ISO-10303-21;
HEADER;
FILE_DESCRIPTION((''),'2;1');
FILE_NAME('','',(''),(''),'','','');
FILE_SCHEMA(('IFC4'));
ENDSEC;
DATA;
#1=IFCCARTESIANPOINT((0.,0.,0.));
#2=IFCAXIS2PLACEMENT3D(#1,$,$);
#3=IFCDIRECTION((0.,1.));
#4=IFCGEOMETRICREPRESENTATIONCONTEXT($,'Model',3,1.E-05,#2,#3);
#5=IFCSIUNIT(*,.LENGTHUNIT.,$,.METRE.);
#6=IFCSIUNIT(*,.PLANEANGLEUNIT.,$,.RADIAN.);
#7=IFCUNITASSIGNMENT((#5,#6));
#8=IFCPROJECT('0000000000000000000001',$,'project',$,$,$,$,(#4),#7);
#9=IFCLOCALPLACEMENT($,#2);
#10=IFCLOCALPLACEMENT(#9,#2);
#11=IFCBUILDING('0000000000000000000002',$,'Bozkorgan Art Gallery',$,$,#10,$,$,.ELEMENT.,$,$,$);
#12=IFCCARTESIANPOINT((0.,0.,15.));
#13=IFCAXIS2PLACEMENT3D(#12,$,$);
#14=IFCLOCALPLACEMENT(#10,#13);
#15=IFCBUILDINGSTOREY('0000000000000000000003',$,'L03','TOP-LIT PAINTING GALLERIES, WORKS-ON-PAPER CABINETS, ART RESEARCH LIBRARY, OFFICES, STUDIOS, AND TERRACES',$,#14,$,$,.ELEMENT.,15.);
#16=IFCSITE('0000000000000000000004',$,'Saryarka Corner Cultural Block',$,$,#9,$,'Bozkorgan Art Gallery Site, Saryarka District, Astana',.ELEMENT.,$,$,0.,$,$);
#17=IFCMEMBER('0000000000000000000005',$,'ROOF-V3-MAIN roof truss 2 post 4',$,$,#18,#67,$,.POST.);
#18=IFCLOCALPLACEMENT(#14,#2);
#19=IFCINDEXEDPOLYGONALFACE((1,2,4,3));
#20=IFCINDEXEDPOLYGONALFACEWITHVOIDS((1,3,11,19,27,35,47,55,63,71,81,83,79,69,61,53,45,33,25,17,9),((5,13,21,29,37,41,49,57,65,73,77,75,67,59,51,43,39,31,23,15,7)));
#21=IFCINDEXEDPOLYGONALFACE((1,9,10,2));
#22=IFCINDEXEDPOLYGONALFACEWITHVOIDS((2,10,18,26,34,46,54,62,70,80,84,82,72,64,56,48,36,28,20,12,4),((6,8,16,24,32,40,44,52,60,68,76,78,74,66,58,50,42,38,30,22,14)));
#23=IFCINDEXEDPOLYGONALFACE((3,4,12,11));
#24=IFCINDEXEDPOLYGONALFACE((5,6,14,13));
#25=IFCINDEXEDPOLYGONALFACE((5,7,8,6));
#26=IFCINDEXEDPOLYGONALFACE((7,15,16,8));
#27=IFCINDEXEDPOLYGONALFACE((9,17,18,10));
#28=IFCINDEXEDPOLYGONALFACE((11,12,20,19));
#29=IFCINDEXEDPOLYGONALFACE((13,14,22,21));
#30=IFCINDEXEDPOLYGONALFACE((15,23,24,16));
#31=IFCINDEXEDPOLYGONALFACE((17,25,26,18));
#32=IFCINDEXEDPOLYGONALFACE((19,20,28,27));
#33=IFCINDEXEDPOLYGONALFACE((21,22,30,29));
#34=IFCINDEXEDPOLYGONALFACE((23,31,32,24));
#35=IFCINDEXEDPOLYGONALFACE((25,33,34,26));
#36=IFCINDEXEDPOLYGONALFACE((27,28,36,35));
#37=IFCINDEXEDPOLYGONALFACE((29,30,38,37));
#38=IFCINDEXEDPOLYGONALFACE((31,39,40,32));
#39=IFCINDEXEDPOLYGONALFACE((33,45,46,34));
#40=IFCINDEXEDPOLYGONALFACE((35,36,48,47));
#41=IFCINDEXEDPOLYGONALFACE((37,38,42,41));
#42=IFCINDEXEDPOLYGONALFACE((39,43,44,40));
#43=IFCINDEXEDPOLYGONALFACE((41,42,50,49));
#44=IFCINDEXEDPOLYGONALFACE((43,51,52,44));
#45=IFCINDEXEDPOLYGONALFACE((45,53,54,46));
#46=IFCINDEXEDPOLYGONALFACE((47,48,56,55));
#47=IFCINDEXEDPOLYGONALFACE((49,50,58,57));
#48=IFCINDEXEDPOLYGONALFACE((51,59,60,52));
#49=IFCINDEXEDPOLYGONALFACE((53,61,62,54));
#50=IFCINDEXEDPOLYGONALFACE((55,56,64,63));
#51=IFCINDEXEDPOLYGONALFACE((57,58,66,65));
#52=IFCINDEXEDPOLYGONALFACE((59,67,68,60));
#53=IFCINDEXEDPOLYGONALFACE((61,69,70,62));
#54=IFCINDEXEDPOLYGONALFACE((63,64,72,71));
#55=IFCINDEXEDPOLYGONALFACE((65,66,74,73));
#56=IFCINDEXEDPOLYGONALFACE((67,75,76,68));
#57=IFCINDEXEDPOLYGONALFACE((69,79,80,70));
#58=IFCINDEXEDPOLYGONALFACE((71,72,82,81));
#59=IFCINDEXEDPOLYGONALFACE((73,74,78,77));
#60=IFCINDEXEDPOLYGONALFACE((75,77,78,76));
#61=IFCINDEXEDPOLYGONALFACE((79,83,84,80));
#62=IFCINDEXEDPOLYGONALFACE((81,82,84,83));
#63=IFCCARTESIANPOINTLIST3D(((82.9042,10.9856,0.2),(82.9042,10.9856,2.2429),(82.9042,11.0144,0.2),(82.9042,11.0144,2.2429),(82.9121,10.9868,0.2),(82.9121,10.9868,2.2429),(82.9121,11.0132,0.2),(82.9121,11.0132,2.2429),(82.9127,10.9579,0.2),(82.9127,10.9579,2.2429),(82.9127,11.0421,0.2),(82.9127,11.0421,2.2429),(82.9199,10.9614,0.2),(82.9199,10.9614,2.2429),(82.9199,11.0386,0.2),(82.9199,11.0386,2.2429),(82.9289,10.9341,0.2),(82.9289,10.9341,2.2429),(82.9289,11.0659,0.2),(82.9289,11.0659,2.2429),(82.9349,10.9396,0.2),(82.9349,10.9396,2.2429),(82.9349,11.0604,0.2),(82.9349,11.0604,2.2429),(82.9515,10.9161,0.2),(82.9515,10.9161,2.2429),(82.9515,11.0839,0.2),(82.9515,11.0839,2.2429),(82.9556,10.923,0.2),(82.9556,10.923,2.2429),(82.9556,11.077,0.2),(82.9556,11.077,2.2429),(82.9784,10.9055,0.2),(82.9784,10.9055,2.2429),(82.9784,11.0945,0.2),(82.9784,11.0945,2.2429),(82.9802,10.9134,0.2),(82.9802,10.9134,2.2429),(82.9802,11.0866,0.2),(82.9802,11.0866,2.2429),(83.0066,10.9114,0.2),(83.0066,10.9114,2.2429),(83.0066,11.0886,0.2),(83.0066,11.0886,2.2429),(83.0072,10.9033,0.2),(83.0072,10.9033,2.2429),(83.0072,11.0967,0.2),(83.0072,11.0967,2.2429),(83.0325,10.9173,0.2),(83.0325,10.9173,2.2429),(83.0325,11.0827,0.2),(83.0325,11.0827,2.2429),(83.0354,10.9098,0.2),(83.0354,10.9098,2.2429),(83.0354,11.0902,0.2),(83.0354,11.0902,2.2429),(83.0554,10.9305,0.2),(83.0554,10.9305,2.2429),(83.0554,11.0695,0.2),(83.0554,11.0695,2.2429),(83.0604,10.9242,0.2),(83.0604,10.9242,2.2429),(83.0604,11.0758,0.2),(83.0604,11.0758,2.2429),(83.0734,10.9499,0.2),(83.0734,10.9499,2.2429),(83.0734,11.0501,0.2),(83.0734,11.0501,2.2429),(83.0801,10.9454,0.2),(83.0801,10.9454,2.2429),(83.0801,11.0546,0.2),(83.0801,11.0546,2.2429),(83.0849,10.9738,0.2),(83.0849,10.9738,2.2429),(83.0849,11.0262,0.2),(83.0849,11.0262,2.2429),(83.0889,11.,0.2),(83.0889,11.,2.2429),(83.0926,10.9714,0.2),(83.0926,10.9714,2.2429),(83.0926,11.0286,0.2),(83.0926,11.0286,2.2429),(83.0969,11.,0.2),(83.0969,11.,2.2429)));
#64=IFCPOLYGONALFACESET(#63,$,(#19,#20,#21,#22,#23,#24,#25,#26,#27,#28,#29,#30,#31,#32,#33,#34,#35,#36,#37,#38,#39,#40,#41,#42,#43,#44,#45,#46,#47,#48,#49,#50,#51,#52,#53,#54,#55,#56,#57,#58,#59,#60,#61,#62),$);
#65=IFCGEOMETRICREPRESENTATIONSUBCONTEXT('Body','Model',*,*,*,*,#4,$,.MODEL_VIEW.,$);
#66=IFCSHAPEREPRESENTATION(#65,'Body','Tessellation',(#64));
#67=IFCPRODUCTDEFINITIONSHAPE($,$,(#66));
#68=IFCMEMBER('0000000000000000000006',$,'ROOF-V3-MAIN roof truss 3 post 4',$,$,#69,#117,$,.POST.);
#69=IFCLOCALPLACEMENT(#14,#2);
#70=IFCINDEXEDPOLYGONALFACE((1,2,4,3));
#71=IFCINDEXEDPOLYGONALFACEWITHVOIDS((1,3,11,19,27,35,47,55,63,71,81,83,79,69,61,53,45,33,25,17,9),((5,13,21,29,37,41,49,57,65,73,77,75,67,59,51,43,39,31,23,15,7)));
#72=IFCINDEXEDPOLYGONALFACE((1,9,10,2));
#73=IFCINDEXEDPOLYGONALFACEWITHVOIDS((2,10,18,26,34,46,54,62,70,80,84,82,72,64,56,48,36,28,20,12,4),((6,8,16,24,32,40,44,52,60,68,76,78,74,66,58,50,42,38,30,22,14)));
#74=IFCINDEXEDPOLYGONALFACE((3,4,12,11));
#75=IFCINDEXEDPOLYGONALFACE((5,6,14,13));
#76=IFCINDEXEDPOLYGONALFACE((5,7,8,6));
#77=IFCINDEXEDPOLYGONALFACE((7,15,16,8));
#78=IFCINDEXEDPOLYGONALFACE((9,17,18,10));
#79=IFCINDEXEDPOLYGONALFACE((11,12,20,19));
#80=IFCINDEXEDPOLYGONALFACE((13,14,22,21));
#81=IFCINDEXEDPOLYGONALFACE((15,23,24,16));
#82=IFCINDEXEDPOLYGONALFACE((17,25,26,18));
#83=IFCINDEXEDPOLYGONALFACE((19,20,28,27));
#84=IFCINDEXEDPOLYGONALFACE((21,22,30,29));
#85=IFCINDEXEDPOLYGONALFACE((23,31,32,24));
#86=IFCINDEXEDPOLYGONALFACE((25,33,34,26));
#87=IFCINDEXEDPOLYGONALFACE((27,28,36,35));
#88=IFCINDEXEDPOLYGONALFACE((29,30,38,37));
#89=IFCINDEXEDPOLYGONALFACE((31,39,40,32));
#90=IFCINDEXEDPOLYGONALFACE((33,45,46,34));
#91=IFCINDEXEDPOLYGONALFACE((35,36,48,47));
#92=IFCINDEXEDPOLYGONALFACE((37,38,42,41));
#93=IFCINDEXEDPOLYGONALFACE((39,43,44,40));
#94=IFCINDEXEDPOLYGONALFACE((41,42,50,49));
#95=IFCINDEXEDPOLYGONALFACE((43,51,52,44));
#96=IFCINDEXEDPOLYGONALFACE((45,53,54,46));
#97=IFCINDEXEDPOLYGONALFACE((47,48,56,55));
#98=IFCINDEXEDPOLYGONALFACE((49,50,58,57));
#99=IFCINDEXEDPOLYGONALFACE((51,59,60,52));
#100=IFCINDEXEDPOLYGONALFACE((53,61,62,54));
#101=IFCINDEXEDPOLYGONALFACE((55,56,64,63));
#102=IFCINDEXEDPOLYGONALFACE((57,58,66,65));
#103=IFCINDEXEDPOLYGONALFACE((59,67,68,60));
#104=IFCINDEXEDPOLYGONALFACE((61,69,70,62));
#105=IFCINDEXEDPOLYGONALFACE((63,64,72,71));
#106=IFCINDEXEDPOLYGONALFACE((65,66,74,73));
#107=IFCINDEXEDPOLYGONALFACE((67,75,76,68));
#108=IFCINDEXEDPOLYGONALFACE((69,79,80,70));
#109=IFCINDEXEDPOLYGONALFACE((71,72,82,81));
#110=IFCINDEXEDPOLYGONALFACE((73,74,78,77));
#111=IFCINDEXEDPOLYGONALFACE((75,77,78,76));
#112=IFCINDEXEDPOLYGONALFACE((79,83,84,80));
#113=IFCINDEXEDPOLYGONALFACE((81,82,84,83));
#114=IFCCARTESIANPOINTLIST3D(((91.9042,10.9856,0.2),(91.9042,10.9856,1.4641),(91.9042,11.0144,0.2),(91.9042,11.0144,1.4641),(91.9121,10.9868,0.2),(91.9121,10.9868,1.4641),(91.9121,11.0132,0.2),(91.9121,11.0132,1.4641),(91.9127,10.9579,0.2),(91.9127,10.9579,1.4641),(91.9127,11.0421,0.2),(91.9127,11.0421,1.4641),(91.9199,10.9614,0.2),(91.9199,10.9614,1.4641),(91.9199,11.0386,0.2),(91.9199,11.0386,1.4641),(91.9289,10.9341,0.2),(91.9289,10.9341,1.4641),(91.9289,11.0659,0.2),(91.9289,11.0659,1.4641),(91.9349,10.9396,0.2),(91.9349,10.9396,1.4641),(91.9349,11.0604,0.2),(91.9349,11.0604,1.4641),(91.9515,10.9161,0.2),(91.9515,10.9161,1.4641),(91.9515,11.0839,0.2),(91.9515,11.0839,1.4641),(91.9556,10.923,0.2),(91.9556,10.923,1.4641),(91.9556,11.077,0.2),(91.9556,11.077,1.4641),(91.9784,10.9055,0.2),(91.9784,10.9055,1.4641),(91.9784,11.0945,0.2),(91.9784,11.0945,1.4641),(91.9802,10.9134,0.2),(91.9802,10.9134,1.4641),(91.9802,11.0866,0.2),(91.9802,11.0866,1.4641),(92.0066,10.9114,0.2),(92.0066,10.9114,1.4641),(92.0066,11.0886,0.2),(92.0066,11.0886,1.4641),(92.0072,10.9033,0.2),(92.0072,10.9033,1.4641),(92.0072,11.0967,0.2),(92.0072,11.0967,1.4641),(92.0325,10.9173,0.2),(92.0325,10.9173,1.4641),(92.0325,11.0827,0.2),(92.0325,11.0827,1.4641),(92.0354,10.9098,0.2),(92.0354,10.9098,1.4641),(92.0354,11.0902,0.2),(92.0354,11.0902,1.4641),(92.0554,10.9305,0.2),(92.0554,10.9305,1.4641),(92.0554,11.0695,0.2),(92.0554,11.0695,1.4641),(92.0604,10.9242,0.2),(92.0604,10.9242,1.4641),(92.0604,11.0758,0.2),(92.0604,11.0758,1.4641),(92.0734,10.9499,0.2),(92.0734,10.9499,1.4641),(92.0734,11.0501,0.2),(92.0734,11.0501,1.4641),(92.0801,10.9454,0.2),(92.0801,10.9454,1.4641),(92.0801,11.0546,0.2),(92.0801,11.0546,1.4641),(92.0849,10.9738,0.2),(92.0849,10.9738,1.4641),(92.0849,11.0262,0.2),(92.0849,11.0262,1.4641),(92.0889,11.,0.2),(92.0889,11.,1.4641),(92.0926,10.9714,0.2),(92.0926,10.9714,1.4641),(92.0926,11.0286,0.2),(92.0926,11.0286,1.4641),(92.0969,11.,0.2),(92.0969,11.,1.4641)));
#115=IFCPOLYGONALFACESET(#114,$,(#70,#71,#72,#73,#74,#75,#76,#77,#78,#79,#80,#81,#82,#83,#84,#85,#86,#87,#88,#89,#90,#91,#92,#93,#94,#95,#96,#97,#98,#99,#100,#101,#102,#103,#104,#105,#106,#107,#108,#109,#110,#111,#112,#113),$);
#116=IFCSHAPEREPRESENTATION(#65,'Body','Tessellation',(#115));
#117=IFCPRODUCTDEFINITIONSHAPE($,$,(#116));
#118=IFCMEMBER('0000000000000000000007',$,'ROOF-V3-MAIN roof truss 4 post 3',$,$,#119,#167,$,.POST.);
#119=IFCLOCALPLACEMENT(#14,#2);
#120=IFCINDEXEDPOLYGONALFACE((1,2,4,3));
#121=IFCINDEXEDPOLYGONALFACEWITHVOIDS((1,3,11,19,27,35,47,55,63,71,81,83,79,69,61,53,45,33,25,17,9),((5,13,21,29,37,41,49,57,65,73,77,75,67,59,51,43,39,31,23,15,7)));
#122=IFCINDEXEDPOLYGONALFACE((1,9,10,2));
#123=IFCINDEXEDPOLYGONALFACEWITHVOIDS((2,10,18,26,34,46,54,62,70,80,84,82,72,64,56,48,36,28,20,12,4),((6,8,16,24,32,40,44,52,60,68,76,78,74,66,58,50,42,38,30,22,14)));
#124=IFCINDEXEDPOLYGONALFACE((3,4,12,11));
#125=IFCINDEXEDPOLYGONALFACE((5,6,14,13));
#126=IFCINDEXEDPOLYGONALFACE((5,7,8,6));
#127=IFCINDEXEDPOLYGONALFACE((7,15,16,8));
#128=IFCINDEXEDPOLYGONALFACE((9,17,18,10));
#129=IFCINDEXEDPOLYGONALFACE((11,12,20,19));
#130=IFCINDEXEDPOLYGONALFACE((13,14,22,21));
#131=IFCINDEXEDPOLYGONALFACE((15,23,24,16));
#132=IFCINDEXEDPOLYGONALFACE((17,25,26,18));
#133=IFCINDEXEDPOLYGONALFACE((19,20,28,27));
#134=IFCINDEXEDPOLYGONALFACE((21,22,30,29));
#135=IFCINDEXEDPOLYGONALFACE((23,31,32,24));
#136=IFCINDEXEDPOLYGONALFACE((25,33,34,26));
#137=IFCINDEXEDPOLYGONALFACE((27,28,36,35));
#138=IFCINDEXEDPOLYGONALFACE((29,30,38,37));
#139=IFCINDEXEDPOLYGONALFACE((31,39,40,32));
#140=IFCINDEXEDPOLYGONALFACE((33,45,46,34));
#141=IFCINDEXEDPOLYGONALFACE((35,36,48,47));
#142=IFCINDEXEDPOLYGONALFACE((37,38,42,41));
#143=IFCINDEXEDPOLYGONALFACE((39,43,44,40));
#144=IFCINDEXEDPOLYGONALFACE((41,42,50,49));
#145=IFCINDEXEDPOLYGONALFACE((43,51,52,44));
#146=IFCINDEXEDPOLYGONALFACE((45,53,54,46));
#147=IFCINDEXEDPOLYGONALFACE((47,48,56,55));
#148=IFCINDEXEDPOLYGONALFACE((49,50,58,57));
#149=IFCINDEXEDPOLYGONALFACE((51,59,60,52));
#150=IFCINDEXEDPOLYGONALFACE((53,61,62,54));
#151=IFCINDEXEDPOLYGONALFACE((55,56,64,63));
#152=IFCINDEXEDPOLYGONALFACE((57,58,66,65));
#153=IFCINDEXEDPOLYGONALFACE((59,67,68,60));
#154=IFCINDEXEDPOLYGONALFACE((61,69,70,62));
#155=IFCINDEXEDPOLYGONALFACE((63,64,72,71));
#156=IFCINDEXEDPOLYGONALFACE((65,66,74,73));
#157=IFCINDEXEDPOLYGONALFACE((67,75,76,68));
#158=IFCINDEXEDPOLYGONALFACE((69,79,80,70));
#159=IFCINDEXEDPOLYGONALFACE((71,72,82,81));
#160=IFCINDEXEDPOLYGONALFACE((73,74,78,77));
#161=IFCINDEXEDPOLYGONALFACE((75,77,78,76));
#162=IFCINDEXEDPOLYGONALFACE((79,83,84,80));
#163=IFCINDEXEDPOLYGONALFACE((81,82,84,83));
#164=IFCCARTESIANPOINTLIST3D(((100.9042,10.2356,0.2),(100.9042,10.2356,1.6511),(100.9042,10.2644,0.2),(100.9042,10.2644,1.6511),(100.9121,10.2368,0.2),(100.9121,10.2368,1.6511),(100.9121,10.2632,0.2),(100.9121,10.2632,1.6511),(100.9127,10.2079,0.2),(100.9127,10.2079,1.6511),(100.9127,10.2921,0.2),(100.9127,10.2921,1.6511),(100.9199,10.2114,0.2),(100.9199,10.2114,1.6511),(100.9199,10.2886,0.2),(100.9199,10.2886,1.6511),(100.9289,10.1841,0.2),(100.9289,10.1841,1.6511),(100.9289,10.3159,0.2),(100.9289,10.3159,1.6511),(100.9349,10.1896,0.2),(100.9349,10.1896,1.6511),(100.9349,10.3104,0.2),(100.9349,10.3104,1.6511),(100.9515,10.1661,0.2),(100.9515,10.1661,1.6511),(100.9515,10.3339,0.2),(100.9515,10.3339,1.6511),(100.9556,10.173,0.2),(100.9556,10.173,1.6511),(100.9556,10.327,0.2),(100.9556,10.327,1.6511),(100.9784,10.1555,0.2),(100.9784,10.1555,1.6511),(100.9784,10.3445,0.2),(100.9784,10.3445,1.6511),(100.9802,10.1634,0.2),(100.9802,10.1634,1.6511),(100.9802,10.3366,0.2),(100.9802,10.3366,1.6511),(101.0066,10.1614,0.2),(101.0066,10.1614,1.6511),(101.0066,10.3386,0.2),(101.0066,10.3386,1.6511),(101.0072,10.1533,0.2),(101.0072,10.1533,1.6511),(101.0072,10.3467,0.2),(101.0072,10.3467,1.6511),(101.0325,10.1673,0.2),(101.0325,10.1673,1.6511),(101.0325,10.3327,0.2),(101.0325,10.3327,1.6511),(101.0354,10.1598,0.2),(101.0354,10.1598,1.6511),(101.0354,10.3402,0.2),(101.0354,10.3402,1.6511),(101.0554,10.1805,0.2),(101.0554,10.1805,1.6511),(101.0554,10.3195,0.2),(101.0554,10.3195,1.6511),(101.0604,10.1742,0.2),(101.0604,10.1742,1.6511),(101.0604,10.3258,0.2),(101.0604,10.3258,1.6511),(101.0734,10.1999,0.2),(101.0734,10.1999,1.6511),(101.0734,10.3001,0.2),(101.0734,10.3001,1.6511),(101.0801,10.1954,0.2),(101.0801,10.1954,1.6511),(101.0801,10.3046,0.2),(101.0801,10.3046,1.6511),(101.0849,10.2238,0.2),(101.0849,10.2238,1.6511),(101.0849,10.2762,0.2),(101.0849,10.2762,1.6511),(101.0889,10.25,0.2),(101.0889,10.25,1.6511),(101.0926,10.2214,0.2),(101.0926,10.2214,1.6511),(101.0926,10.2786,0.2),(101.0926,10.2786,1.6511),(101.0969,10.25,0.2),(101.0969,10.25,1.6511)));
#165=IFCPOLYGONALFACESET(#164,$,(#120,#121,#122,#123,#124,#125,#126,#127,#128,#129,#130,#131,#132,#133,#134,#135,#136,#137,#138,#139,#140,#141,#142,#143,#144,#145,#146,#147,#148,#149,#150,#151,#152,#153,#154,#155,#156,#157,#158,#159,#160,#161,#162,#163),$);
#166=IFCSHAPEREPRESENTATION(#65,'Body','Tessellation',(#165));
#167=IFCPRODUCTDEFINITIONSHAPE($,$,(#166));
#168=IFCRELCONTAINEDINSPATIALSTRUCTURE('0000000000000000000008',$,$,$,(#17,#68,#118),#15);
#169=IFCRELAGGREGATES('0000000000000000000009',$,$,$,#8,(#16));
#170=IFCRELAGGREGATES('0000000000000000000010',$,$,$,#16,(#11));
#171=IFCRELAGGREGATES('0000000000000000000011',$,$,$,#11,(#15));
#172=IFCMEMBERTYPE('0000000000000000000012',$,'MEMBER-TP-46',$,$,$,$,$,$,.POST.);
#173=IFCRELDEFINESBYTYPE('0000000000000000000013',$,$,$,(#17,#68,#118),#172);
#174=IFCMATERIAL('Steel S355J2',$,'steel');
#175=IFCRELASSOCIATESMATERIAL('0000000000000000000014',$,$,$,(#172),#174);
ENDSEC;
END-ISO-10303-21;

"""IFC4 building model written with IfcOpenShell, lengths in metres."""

from ifc_helpers import new_model, si_unit, direction, frame, origin, origin_2d, place, context, subcontext, project, spatial, hollow_circle, extrude, material, material_profile, profile_set, type_object, element, save


model = new_model("IFC4")

# Units and contexts
model_context = context("Model", 3, precision=1e-05, world=origin(), true_north=direction((0.0, 1.0)))
body_context = subcontext(model_context, "Body", "Model", "MODEL_VIEW")
ifc_project = project(units=[si_unit("LENGTHUNIT", "METRE"), si_unit("PLANEANGLEUNIT", "RADIAN")], contexts=[model_context])

# Site, building, storey
site_placement = place(None, origin())
site = spatial("IfcSite", under=ifc_project, at=site_placement, Name="Saryarka Corner Cultural Block", LongName="Bozkorgan Art Gallery Site, Saryarka District, Astana", CompositionType="ELEMENT", RefElevation=0.0)
building_placement = place(site_placement, origin())
building = spatial("IfcBuilding", under=site, at=building_placement, Name="Bozkorgan Art Gallery", CompositionType="ELEMENT")
storey_placement = place(building_placement, frame((0.0, 0.0, 15.0)))
storey = spatial("IfcBuildingStorey", under=building, at=storey_placement, Name="L03", Description="TOP-LIT PAINTING GALLERIES, WORKS-ON-PAPER CABINETS, ART RESEARCH LIBRARY, OFFICES, STUDIOS, AND TERRACES", CompositionType="ELEMENT", Elevation=15.0)

# Shared definitions
ifc_material = material(Name="Steel S355J2", Category="steel")

# Members
ifc_material_profile_1 = material_profile(ifc_material, hollow_circle(Radius=0.0969, WallThickness=0.0081, at=origin_2d()), Name="CHS 193.7x8")
ifc_profile_set_1 = profile_set([ifc_material_profile_1], Name="Steel S355J2")
member_type_1 = type_object("IfcMemberType", Name="MEMBER-TP-46", PredefinedType="POST", material=ifc_profile_set_1)
member_1_placement = place(storey_placement, frame((83.0, 11.0, 0.2), z_axis=(0.0, 0.0, 1.0), x_axis=(1.0, 0.0, 0.0)))
element("IfcMember", 1, at=member_1_placement, inside=storey, type_object=member_type_1, Name="ROOF-V3-MAIN roof truss 2 post 4", PredefinedType="POST", context=body_context, shape_type="SweptSolid", body=[
    extrude(hollow_circle(Radius=0.0969, WallThickness=0.0081, at=origin_2d()), origin(), (0.0, 0.0, 1.0), 2.043),
])
member_2_placement = place(storey_placement, frame((92.0, 11.0, 0.2), z_axis=(0.0, 0.0, 1.0), x_axis=(1.0, 0.0, 0.0)))
element("IfcMember", 2, at=member_2_placement, inside=storey, type_object=member_type_1, Name="ROOF-V3-MAIN roof truss 3 post 4", PredefinedType="POST", context=body_context, shape_type="SweptSolid", body=[
    extrude(hollow_circle(Radius=0.0969, WallThickness=0.0081, at=origin_2d()), origin(), (0.0, 0.0, 1.0), 1.2642),
])
member_3_placement = place(storey_placement, frame((101.0, 10.25, 0.2), z_axis=(0.0, 0.0, 1.0), x_axis=(1.0, 0.0, 0.0)))
element("IfcMember", 3, at=member_3_placement, inside=storey, type_object=member_type_1, Name="ROOF-V3-MAIN roof truss 4 post 3", PredefinedType="POST", context=body_context, shape_type="SweptSolid", body=[
    extrude(hollow_circle(Radius=0.0969, WallThickness=0.0081, at=origin_2d()), origin(), (0.0, 0.0, 1.0), 1.4512),
])

save(model, "model.ifc")
